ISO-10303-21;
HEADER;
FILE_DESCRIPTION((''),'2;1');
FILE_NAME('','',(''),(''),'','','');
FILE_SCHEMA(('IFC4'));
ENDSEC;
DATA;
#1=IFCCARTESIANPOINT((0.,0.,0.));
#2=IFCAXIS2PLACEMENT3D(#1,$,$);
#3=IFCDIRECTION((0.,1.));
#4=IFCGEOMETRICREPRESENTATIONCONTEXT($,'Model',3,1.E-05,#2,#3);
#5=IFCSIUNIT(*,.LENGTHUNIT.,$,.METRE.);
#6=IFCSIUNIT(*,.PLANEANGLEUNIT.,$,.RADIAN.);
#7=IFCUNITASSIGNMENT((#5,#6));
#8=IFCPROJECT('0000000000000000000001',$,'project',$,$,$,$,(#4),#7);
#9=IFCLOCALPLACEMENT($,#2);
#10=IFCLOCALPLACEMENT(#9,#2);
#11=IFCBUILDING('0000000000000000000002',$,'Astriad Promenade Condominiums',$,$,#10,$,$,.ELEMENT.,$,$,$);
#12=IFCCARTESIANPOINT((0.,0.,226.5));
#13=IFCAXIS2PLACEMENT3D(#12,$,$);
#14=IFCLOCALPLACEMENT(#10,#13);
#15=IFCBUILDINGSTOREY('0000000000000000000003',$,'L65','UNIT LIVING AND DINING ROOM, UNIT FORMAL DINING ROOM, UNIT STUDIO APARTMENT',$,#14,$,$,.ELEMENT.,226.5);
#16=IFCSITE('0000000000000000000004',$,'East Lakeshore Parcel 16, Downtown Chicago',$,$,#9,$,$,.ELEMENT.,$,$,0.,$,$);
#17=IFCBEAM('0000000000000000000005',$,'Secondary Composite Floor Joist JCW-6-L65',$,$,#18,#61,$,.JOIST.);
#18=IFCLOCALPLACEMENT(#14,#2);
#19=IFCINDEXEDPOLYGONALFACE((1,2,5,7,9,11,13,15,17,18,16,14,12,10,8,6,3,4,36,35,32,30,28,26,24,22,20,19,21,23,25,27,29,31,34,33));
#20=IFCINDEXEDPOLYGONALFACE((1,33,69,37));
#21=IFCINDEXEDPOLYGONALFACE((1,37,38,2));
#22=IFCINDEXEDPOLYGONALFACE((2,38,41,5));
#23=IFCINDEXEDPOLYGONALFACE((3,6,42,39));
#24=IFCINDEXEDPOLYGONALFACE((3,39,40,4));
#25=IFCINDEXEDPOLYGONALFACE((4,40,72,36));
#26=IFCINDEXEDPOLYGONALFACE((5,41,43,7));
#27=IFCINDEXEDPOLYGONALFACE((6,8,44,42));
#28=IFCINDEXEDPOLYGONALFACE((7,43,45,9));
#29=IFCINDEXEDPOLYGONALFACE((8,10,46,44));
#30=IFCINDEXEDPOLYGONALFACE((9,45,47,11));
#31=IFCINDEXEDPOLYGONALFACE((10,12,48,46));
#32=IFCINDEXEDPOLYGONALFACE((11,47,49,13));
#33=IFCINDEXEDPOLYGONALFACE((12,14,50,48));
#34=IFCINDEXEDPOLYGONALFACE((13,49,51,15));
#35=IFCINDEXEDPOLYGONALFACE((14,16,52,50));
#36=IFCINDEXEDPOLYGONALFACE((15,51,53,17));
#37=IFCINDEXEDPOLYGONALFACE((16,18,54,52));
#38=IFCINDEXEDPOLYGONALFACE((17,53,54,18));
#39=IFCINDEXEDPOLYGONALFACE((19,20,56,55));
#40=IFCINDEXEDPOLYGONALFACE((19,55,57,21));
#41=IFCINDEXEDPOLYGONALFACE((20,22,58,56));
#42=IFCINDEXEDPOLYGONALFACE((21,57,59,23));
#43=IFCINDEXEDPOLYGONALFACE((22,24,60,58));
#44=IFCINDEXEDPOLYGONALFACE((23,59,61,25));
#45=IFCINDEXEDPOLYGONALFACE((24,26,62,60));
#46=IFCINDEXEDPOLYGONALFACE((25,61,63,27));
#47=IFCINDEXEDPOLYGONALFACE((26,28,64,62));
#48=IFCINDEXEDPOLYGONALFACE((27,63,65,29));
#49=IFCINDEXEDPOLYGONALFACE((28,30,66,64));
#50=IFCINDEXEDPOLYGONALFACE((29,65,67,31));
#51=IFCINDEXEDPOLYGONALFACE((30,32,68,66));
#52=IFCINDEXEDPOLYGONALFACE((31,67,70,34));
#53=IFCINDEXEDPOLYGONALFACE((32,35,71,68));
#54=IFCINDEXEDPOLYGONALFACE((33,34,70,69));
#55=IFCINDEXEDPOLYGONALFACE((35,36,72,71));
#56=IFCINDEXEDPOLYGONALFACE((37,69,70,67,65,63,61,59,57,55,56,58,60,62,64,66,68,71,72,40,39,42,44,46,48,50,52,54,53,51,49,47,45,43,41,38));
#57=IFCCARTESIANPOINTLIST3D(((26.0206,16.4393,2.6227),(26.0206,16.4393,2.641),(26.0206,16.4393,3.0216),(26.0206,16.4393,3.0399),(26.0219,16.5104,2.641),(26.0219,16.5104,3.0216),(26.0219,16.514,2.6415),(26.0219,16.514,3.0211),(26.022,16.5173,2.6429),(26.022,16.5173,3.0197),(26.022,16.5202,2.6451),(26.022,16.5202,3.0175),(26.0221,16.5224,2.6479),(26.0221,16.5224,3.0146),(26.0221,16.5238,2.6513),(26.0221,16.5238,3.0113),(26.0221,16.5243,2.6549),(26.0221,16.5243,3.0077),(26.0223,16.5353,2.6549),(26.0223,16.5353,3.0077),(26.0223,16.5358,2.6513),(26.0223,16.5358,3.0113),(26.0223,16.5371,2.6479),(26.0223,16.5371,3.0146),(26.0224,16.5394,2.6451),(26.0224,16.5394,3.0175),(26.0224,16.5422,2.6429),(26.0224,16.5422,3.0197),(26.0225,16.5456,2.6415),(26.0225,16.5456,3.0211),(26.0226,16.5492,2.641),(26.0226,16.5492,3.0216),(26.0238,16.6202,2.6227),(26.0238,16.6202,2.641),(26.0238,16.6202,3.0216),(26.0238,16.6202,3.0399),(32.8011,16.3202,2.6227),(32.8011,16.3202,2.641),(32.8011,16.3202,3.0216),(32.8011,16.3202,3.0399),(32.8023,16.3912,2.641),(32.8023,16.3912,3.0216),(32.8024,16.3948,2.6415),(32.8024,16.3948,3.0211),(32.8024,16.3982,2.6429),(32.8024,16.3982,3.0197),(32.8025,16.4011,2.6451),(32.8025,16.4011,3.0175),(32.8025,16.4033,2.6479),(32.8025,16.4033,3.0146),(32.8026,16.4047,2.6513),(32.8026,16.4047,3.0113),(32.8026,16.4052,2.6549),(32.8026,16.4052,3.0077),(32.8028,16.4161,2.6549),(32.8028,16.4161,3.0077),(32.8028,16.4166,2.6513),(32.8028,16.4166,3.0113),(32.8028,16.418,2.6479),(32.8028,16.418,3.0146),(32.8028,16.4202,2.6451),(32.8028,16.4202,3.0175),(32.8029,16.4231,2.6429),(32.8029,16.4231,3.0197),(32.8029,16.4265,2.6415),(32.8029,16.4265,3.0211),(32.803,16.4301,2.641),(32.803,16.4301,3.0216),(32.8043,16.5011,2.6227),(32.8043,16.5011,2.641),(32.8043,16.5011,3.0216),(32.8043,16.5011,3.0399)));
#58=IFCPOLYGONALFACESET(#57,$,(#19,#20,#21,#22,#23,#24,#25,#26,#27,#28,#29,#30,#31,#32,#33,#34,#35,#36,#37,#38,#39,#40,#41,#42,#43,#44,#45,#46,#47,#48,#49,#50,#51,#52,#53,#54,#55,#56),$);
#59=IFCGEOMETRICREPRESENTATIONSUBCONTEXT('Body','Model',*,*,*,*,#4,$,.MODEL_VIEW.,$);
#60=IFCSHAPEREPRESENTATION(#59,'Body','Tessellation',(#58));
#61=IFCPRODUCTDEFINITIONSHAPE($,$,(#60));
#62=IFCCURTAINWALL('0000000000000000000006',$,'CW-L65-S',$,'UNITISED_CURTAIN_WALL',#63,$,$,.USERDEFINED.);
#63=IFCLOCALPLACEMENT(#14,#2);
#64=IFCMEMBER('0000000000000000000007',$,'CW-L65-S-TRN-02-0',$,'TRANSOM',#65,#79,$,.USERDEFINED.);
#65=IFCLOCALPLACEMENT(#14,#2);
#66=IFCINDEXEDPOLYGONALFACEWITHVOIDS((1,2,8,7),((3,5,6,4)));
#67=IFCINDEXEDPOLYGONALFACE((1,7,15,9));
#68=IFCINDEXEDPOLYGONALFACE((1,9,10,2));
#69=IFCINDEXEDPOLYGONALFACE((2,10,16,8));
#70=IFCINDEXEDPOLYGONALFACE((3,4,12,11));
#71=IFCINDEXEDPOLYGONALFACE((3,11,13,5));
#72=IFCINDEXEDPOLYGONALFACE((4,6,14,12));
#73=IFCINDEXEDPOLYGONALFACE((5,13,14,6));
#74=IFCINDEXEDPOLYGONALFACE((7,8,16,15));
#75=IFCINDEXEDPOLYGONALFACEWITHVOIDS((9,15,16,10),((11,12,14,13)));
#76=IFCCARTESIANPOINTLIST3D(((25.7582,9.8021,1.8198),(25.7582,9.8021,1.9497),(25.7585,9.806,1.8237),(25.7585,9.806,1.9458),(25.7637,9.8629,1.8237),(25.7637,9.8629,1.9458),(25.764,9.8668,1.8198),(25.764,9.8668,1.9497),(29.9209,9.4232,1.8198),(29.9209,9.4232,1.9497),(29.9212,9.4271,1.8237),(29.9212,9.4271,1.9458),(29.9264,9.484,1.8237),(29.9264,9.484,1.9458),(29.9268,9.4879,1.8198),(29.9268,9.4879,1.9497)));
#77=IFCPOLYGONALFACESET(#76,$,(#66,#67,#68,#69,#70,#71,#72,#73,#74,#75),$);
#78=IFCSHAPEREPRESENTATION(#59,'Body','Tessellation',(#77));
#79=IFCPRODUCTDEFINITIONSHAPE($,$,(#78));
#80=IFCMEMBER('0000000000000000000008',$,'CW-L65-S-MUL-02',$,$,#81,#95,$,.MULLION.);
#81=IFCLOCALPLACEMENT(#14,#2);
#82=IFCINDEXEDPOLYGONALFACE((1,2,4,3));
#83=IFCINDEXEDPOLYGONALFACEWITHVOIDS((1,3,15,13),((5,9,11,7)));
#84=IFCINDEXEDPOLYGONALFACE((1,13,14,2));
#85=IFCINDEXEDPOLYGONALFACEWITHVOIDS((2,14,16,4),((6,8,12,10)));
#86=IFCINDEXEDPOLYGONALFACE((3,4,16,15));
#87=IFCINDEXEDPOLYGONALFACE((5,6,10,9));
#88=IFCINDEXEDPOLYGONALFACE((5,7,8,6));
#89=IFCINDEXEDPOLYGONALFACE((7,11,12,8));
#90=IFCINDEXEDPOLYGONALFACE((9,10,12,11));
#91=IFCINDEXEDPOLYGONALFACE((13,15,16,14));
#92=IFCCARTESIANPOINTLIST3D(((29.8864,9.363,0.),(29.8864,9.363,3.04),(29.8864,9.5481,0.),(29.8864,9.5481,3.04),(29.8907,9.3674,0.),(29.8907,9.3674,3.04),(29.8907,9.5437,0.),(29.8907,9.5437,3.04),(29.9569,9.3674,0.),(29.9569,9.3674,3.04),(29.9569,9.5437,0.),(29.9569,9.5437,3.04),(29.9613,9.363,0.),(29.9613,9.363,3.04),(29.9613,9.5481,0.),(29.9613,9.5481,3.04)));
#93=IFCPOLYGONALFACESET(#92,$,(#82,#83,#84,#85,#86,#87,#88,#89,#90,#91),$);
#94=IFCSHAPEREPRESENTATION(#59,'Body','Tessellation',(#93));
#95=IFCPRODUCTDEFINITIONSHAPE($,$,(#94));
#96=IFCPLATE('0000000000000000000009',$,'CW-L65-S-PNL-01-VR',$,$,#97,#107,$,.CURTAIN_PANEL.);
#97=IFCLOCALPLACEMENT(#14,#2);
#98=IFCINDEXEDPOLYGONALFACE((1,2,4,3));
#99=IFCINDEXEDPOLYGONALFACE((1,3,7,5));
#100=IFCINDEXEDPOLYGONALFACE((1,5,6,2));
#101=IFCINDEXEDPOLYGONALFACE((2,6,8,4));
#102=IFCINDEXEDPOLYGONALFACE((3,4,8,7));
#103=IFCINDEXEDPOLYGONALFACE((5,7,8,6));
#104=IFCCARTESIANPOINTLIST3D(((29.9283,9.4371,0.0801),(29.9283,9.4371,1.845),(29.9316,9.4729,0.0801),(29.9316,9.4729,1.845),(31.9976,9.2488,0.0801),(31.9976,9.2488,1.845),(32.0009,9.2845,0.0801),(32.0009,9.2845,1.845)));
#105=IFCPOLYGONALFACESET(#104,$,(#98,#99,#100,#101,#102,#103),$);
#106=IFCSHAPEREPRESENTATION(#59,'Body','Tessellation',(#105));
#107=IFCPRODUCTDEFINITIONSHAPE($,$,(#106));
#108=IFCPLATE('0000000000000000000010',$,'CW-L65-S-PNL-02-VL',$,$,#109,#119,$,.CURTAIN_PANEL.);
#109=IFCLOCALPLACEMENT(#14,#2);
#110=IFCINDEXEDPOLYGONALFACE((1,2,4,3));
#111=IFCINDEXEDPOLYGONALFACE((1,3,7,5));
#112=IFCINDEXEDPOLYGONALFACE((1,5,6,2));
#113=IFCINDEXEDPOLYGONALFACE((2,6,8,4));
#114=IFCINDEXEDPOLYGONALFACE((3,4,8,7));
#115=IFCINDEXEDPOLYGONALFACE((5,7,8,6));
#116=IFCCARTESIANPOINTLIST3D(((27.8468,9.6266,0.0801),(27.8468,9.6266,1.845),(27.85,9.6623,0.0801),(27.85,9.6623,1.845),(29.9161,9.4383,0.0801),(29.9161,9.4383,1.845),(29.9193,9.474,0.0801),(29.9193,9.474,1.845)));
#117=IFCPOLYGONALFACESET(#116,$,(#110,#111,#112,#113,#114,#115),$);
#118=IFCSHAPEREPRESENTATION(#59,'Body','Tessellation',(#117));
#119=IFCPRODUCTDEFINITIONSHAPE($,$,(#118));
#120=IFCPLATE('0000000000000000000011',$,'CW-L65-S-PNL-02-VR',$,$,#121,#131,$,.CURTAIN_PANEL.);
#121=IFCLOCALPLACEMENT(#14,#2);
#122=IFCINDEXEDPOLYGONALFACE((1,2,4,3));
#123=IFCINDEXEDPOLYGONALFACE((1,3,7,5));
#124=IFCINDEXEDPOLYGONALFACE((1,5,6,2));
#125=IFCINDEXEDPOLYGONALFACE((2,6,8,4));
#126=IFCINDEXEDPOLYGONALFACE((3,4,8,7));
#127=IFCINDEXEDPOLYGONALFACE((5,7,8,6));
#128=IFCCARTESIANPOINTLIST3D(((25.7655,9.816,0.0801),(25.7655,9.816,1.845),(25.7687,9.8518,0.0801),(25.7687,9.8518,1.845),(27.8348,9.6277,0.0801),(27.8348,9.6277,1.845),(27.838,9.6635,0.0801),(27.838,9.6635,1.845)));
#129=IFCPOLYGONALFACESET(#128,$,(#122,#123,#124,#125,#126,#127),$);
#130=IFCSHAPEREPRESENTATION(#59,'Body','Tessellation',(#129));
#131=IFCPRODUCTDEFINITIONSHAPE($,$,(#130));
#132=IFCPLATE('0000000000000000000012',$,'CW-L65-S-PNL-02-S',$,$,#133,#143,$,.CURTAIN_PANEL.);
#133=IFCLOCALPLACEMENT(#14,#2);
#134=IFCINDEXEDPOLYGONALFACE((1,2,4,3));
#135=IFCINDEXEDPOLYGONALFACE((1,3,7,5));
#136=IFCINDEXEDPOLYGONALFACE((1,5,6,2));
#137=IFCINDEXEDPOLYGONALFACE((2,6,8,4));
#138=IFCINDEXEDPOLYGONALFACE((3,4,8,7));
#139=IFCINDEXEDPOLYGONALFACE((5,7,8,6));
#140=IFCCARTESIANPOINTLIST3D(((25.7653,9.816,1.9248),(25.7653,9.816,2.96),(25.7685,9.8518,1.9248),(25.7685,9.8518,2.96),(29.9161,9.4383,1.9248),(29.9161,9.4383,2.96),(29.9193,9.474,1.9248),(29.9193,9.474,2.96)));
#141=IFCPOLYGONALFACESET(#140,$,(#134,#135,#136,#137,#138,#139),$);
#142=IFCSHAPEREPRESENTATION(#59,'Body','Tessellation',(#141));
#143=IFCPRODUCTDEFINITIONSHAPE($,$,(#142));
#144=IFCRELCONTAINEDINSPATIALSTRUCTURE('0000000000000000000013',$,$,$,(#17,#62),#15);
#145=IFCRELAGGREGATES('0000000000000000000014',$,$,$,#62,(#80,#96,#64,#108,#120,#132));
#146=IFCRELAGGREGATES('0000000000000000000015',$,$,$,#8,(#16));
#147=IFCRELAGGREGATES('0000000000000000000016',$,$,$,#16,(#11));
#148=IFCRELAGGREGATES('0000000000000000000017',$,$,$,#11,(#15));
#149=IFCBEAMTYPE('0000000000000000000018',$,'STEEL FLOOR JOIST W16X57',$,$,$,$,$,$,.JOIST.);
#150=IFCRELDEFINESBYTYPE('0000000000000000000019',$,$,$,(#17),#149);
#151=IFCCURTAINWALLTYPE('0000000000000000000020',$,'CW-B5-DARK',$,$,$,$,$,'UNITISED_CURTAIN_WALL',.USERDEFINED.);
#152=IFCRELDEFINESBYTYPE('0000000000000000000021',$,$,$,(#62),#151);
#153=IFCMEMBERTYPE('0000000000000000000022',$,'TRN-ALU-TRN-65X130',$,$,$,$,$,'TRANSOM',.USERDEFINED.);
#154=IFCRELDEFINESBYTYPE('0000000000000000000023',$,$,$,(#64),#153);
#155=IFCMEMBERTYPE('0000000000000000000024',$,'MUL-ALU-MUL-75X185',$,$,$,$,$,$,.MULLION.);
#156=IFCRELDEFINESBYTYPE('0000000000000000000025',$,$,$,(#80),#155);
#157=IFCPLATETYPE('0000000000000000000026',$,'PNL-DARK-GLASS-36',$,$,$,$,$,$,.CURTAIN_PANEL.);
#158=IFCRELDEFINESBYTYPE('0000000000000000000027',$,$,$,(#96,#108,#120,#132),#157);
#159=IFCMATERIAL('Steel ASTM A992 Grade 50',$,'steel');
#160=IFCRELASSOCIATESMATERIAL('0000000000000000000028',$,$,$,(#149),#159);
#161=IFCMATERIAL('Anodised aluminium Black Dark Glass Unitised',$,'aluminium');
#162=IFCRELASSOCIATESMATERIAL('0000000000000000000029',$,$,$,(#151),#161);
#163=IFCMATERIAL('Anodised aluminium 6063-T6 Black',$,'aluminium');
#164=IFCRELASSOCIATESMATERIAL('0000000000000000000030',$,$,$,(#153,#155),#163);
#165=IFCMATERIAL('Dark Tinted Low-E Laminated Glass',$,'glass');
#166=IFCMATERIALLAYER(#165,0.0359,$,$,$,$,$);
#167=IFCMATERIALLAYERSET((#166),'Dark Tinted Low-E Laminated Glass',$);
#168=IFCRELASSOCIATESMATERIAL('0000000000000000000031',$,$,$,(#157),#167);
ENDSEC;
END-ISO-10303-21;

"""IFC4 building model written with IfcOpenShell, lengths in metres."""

from ifc_helpers import new_model, si_unit, direction, frame, origin, origin_2d, place, context, subcontext, project, spatial, rectangle, hollow_rectangle, i_section, extrude, source, transform, mapped, material, layer, layer_set, material_profile, profile_set, type_object, type_shapes, element, aggregate, save


model = new_model("IFC4")

# Units and contexts
model_context = context("Model", 3, precision=1e-05, world=origin(), true_north=direction((0.0, 1.0)))
body_context = subcontext(model_context, "Body", "Model", "MODEL_VIEW")
ifc_project = project(units=[si_unit("LENGTHUNIT", "METRE"), si_unit("PLANEANGLEUNIT", "RADIAN")], contexts=[model_context])

# Site, building, storey
site_placement = place(None, origin())
site = spatial("IfcSite", under=ifc_project, at=site_placement, Name="East Lakeshore Parcel 16, Downtown Chicago", CompositionType="ELEMENT", RefElevation=0.0)
building_placement = place(site_placement, origin())
building = spatial("IfcBuilding", under=site, at=building_placement, Name="Astriad Promenade Condominiums", CompositionType="ELEMENT")
storey_placement = place(building_placement, frame((0.0, 0.0, 226.5)))
storey = spatial("IfcBuildingStorey", under=building, at=storey_placement, Name="L65", Description="UNIT LIVING AND DINING ROOM, UNIT FORMAL DINING ROOM, UNIT STUDIO APARTMENT", CompositionType="ELEMENT", Elevation=226.5)

# Shared definitions
ifc_material_1 = material(Name="Steel ASTM A992 Grade 50", Category="steel")

# Beam
ifc_material_profile_1 = material_profile(ifc_material_1, i_section(OverallWidth=0.1809, OverallDepth=0.4172, WebThickness=0.011, FlangeThickness=0.0183, FilletRadius=0.0139, at=origin_2d()), Name="W16X57")
ifc_profile_set_1 = profile_set([ifc_material_profile_1], Name="Steel ASTM A992 Grade 50")
beam_type_1 = type_object("IfcBeamType", Name="STEEL FLOOR JOIST W16X57", PredefinedType="JOIST", material=ifc_profile_set_1)
shared_shape_1 = source(origin(), body_context, "Body", "SweptSolid", [
    extrude(i_section(OverallWidth=0.1809, OverallDepth=0.4172, WebThickness=0.011, FlangeThickness=0.0183, FilletRadius=0.0139, at=origin_2d()), origin(), (0.0, 0.0, 1.0), 6.7815),
])
type_shapes(beam_type_1, [shared_shape_1])
beam_1_placement = place(storey_placement, frame((26.0222, 16.5298, 2.8313), z_axis=(0.999846, -0.017568, 0.0), x_axis=(0.017568, 0.999846, 0.0)))
element("IfcBeam", 1, at=beam_1_placement, inside=storey, type_object=beam_type_1, Name="Secondary Composite Floor Joist JCW-6-L65", PredefinedType="JOIST", context=body_context, shape_type="MappedRepresentation", body=[
    mapped(shared_shape_1, transform((0.0, 0.0, 0.0), scale=1.0)),
])

# Curtain wall, members, plates
ifc_material_2 = material(Name="Anodised aluminium Black Dark Glass Unitised", Category="aluminium")
curtain_wall_type = type_object("IfcCurtainWallType", Name="CW-B5-DARK", ElementType="UNITISED_CURTAIN_WALL", PredefinedType="USERDEFINED", material=ifc_material_2)
curtain_wall_placement = place(storey_placement, origin())
curtain_wall = element("IfcCurtainWall", 2, at=curtain_wall_placement, inside=storey, type_object=curtain_wall_type, Name="CW-L65-S", ObjectType="UNITISED_CURTAIN_WALL", PredefinedType="USERDEFINED")
ifc_material_3 = material(Name="Anodised aluminium 6063-T6 Black", Category="aluminium")
ifc_material_profile_2 = material_profile(ifc_material_3, hollow_rectangle(XDim=0.0649, YDim=0.1299, WallThickness=0.0039, at=origin_2d()), Name="ALU-TRN-65X130")
ifc_profile_set_2 = profile_set([ifc_material_profile_2], Name="Anodised aluminium 6063-T6 Black")
member_type_1 = type_object("IfcMemberType", Name="TRN-ALU-TRN-65X130", ElementType="TRANSOM", PredefinedType="USERDEFINED", material=ifc_profile_set_2)
shared_shape_2 = source(origin(), body_context, "Body", "SweptSolid", [
    extrude(hollow_rectangle(XDim=0.0649, YDim=0.1299, WallThickness=0.0039, at=origin_2d()), origin(), (0.0, 0.0, 1.0), 4.1799),
])
type_shapes(member_type_1, [shared_shape_2])
member_1_placement = place(storey_placement, frame((29.9238, 9.4556, 1.8848), z_axis=(-0.995883, 0.090646, 0.0), x_axis=(-0.090646, -0.995883, 0.0)))
member_1 = element("IfcMember", 3, at=member_1_placement, type_object=member_type_1, Name="CW-L65-S-TRN-02-0", ObjectType="TRANSOM", PredefinedType="USERDEFINED", context=body_context, shape_type="MappedRepresentation", body=[
    mapped(shared_shape_2, transform((0.0, 0.0, 0.0), scale=1.0)),
])
ifc_material_profile_3 = material_profile(ifc_material_3, hollow_rectangle(XDim=0.075, YDim=0.1851, WallThickness=0.0044, at=origin_2d()), Name="ALU-MUL-75X185")
ifc_profile_set_3 = profile_set([ifc_material_profile_3], Name="Anodised aluminium 6063-T6 Black")
member_type_2 = type_object("IfcMemberType", Name="MUL-ALU-MUL-75X185", PredefinedType="MULLION", material=ifc_profile_set_3)
shared_shape_3 = source(origin(), body_context, "Body", "SweptSolid", [
    extrude(hollow_rectangle(XDim=0.075, YDim=0.1851, WallThickness=0.0044, at=origin_2d()), origin(), (0.0, 0.0, 1.0), 3.04),
])
type_shapes(member_type_2, [shared_shape_3])
member_2_placement = place(storey_placement, frame((29.9238, 9.4556, 0.0), z_axis=(0.0, 0.0, 1.0), x_axis=(1.0, 0.0, 0.0)))
member_2 = element("IfcMember", 4, at=member_2_placement, type_object=member_type_2, Name="CW-L65-S-MUL-02", PredefinedType="MULLION", context=body_context, shape_type="MappedRepresentation", body=[
    mapped(shared_shape_3, transform((0.0, 0.0, 0.0), scale=1.0)),
])
ifc_material_4 = material(Name="Dark Tinted Low-E Laminated Glass", Category="glass")
ifc_layer_1 = layer(ifc_material_4, 0.0359)
ifc_layer_set_1 = layer_set([ifc_layer_1], Name="Dark Tinted Low-E Laminated Glass")
plate_type = type_object("IfcPlateType", Name="PNL-DARK-GLASS-36", PredefinedType="CURTAIN_PANEL", material=ifc_layer_set_1)
shared_shape_4 = source(origin(), body_context, "Body", "SweptSolid", [
    extrude(rectangle(XDim=2.0779, YDim=0.0359, at=origin_2d()), origin(), (0.0, 0.0, 1.0), 1.7649),
])
plate_1_placement = place(storey_placement, frame((30.9646, 9.3608, 0.0801), z_axis=(0.0, 0.0, 1.0), x_axis=(-0.995884, 0.090633, 0.0)))
plate_1 = element("IfcPlate", 5, at=plate_1_placement, type_object=plate_type, Name="CW-L65-S-PNL-01-VR", PredefinedType="CURTAIN_PANEL", context=body_context, shape_type="MappedRepresentation", body=[
    mapped(shared_shape_4, transform((0.0, 0.0, 0.0), scale=1.0)),
])
plate_2_placement = place(storey_placement, frame((28.8831, 9.5503, 0.0801), z_axis=(0.0, 0.0, 1.0), x_axis=(-0.995884, 0.090633, 0.0)))
plate_2 = element("IfcPlate", 6, at=plate_2_placement, type_object=plate_type, Name="CW-L65-S-PNL-02-VL", PredefinedType="CURTAIN_PANEL", context=body_context, shape_type="MappedRepresentation", body=[
    mapped(shared_shape_4, transform((0.0, 0.0, 0.0), scale=1.0)),
])
plate_3_placement = place(storey_placement, frame((26.8018, 9.7397, 0.0801), z_axis=(0.0, 0.0, 1.0), x_axis=(-0.995884, 0.090633, 0.0)))
plate_3 = element("IfcPlate", 7, at=plate_3_placement, type_object=plate_type, Name="CW-L65-S-PNL-02-VR", PredefinedType="CURTAIN_PANEL", context=body_context, shape_type="MappedRepresentation", body=[
    mapped(shared_shape_4, transform((0.0, 0.0, 0.0), scale=1.0)),
])
shared_shape_5 = source(origin(), body_context, "Body", "SweptSolid", [
    extrude(rectangle(XDim=4.168, YDim=0.0359, at=origin_2d()), origin(), (0.0, 0.0, 1.0), 1.0352),
])
type_shapes(plate_type, [shared_shape_4, shared_shape_5])
plate_4_placement = place(storey_placement, frame((27.8423, 9.645, 1.9248), z_axis=(0.0, 0.0, 1.0), x_axis=(-0.995884, 0.090633, 0.0)))
plate_4 = element("IfcPlate", 8, at=plate_4_placement, type_object=plate_type, Name="CW-L65-S-PNL-02-S", PredefinedType="CURTAIN_PANEL", context=body_context, shape_type="MappedRepresentation", body=[
    mapped(shared_shape_5, transform((0.0, 0.0, 0.0), scale=1.0)),
])
aggregate(curtain_wall, [member_2, plate_1, member_1, plate_2, plate_3, plate_4])

save(model, "model.ifc")
